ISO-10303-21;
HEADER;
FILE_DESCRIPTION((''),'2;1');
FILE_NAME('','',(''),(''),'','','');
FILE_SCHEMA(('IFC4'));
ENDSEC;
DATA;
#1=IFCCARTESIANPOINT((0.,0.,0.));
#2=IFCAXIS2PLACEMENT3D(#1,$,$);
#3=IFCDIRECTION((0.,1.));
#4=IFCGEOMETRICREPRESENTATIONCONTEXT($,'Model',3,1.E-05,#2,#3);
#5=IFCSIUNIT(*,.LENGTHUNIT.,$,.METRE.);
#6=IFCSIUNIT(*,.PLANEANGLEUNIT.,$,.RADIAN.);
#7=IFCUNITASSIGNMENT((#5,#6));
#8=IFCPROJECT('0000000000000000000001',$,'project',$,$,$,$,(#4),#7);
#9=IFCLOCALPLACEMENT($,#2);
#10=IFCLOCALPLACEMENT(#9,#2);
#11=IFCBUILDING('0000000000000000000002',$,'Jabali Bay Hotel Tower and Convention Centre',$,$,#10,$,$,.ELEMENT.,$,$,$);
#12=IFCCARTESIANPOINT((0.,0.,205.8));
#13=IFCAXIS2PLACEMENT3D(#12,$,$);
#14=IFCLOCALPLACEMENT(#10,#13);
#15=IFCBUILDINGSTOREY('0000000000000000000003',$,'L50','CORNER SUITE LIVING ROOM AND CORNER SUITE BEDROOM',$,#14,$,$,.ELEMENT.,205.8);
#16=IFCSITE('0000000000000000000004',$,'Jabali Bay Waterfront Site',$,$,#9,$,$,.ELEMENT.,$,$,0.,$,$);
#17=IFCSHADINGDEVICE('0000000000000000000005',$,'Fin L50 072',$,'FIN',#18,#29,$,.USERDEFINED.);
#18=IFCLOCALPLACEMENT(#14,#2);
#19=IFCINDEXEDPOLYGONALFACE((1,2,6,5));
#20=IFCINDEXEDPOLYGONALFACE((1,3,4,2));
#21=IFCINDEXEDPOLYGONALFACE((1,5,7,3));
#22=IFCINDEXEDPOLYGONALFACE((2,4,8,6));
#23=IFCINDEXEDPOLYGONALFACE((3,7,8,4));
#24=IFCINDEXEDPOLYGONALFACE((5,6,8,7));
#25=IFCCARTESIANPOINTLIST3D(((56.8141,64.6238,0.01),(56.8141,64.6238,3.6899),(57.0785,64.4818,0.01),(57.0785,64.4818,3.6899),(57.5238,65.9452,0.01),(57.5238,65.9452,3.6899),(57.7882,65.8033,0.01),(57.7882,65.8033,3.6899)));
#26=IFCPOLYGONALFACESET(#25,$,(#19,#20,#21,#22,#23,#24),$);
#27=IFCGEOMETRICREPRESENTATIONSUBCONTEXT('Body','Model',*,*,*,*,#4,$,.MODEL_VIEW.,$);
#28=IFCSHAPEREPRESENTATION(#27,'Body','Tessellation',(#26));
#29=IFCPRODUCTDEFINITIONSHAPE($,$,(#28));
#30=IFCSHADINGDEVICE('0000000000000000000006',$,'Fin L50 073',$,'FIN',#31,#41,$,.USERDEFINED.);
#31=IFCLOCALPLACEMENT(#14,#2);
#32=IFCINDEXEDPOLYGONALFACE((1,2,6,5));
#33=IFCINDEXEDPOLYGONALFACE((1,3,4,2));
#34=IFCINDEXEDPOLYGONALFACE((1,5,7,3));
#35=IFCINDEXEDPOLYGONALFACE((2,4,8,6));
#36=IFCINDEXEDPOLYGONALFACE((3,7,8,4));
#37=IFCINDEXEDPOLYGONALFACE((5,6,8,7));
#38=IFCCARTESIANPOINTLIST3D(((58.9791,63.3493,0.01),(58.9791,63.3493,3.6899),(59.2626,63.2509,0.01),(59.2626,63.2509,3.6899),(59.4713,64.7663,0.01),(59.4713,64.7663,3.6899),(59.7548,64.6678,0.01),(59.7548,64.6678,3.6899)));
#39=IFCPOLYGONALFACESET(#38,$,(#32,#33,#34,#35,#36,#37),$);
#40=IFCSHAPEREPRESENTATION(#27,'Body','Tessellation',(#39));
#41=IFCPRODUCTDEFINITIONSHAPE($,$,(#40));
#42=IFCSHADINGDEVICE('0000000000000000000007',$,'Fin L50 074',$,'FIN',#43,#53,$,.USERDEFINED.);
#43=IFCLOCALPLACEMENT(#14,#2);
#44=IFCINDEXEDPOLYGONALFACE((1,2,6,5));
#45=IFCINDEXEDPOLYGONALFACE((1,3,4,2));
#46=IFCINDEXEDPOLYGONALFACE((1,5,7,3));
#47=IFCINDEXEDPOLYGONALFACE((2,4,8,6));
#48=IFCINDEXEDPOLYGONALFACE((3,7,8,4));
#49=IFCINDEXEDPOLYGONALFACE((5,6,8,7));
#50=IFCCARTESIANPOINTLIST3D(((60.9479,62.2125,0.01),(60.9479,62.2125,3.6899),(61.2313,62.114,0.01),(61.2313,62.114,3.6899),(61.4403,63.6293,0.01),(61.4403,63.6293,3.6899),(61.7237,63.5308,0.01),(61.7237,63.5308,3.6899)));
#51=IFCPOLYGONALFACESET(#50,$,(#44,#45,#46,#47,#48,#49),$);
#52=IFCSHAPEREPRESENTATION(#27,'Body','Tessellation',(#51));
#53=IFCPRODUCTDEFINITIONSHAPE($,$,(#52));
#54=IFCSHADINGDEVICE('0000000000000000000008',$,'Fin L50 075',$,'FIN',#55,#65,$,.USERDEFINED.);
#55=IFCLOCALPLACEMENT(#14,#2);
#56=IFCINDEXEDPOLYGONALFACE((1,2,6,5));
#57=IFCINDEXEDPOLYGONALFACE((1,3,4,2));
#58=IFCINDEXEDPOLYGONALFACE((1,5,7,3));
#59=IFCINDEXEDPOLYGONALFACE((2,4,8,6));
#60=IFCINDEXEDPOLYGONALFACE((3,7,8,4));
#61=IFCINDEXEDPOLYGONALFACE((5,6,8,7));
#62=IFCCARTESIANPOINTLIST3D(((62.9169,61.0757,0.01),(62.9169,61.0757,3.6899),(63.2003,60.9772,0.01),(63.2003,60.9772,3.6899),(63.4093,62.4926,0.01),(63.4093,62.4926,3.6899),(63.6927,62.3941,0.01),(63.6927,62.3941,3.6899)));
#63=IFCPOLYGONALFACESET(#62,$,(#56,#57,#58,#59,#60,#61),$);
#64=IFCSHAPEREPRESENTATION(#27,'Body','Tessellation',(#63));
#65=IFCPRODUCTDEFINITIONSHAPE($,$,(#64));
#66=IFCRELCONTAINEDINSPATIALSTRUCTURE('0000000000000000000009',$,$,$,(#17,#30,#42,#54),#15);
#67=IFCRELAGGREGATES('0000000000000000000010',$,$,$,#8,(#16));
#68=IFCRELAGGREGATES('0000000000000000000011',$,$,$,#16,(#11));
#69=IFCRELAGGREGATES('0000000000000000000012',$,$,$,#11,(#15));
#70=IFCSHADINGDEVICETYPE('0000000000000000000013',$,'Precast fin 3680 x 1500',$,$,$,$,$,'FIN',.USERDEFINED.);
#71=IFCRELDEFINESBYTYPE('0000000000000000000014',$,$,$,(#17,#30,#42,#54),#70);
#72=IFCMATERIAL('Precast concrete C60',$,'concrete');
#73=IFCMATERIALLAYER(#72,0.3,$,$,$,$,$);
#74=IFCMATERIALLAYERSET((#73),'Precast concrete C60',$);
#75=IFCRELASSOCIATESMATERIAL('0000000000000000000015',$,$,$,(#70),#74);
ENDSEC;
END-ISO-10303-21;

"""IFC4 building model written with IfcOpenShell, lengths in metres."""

from ifc_helpers import new_model, si_unit, direction, frame, frame_2d, origin, place, context, subcontext, project, spatial, rectangle, extrude, material, layer, layer_set, type_object, element, save


model = new_model("IFC4")

# Units and contexts
model_context = context("Model", 3, precision=1e-05, world=origin(), true_north=direction((0.0, 1.0)))
body_context = subcontext(model_context, "Body", "Model", "MODEL_VIEW")
ifc_project = project(units=[si_unit("LENGTHUNIT", "METRE"), si_unit("PLANEANGLEUNIT", "RADIAN")], contexts=[model_context])

# Site, building, storey
site_placement = place(None, origin())
site = spatial("IfcSite", under=ifc_project, at=site_placement, Name="Jabali Bay Waterfront Site", CompositionType="ELEMENT", RefElevation=0.0)
building_placement = place(site_placement, origin())
building = spatial("IfcBuilding", under=site, at=building_placement, Name="Jabali Bay Hotel Tower and Convention Centre", CompositionType="ELEMENT")
storey_placement = place(building_placement, frame((0.0, 0.0, 205.8)))
storey = spatial("IfcBuildingStorey", under=building, at=storey_placement, Name="L50", Description="CORNER SUITE LIVING ROOM AND CORNER SUITE BEDROOM", CompositionType="ELEMENT", Elevation=205.8)

# Shading devices
ifc_material_1 = material(Name="Precast concrete C60", Category="concrete")
ifc_layer_1 = layer(ifc_material_1, 0.3)
ifc_layer_set_1 = layer_set([ifc_layer_1], Name="Precast concrete C60")
shading_device_type = type_object("IfcShadingDeviceType", Name="Precast fin 3680 x 1500", ElementType="FIN", PredefinedType="USERDEFINED", material=ifc_layer_set_1)
for number, where, z_axis, x_axis, name in (
    (1, (57.656, 65.8743, 0.01), (0.0, 0.0, 1.0), (-0.473129, -0.880993, 0.0), "Fin L50 072"),
    (2, (59.613, 64.717, 0.01), (0.0, 0.0, 1.0), (-0.328117, -0.944637, 0.0), "Fin L50 073"),
    (3, (61.582, 63.5801, 0.01), (0.0, 0.0, 1.0), (-0.328312, -0.944569, 0.0), "Fin L50 074"),
    (4, (63.551, 62.4434, 0.01), (0.0, 0.0, 1.0), (-0.328262, -0.944587, 0.0), "Fin L50 075"),
):
    element("IfcShadingDevice", number, at=place(storey_placement, frame(where, z_axis=z_axis, x_axis=x_axis)), inside=storey, type_object=shading_device_type, Name=name, ObjectType="FIN", PredefinedType="USERDEFINED", context=body_context, shape_type="SweptSolid", body=[
        extrude(rectangle(XDim=1.5, YDim=0.3, at=frame_2d((0.75, 0.0))), origin(), (0.0, 0.0, 1.0), 3.6799),
    ])

save(model, "model.ifc")
